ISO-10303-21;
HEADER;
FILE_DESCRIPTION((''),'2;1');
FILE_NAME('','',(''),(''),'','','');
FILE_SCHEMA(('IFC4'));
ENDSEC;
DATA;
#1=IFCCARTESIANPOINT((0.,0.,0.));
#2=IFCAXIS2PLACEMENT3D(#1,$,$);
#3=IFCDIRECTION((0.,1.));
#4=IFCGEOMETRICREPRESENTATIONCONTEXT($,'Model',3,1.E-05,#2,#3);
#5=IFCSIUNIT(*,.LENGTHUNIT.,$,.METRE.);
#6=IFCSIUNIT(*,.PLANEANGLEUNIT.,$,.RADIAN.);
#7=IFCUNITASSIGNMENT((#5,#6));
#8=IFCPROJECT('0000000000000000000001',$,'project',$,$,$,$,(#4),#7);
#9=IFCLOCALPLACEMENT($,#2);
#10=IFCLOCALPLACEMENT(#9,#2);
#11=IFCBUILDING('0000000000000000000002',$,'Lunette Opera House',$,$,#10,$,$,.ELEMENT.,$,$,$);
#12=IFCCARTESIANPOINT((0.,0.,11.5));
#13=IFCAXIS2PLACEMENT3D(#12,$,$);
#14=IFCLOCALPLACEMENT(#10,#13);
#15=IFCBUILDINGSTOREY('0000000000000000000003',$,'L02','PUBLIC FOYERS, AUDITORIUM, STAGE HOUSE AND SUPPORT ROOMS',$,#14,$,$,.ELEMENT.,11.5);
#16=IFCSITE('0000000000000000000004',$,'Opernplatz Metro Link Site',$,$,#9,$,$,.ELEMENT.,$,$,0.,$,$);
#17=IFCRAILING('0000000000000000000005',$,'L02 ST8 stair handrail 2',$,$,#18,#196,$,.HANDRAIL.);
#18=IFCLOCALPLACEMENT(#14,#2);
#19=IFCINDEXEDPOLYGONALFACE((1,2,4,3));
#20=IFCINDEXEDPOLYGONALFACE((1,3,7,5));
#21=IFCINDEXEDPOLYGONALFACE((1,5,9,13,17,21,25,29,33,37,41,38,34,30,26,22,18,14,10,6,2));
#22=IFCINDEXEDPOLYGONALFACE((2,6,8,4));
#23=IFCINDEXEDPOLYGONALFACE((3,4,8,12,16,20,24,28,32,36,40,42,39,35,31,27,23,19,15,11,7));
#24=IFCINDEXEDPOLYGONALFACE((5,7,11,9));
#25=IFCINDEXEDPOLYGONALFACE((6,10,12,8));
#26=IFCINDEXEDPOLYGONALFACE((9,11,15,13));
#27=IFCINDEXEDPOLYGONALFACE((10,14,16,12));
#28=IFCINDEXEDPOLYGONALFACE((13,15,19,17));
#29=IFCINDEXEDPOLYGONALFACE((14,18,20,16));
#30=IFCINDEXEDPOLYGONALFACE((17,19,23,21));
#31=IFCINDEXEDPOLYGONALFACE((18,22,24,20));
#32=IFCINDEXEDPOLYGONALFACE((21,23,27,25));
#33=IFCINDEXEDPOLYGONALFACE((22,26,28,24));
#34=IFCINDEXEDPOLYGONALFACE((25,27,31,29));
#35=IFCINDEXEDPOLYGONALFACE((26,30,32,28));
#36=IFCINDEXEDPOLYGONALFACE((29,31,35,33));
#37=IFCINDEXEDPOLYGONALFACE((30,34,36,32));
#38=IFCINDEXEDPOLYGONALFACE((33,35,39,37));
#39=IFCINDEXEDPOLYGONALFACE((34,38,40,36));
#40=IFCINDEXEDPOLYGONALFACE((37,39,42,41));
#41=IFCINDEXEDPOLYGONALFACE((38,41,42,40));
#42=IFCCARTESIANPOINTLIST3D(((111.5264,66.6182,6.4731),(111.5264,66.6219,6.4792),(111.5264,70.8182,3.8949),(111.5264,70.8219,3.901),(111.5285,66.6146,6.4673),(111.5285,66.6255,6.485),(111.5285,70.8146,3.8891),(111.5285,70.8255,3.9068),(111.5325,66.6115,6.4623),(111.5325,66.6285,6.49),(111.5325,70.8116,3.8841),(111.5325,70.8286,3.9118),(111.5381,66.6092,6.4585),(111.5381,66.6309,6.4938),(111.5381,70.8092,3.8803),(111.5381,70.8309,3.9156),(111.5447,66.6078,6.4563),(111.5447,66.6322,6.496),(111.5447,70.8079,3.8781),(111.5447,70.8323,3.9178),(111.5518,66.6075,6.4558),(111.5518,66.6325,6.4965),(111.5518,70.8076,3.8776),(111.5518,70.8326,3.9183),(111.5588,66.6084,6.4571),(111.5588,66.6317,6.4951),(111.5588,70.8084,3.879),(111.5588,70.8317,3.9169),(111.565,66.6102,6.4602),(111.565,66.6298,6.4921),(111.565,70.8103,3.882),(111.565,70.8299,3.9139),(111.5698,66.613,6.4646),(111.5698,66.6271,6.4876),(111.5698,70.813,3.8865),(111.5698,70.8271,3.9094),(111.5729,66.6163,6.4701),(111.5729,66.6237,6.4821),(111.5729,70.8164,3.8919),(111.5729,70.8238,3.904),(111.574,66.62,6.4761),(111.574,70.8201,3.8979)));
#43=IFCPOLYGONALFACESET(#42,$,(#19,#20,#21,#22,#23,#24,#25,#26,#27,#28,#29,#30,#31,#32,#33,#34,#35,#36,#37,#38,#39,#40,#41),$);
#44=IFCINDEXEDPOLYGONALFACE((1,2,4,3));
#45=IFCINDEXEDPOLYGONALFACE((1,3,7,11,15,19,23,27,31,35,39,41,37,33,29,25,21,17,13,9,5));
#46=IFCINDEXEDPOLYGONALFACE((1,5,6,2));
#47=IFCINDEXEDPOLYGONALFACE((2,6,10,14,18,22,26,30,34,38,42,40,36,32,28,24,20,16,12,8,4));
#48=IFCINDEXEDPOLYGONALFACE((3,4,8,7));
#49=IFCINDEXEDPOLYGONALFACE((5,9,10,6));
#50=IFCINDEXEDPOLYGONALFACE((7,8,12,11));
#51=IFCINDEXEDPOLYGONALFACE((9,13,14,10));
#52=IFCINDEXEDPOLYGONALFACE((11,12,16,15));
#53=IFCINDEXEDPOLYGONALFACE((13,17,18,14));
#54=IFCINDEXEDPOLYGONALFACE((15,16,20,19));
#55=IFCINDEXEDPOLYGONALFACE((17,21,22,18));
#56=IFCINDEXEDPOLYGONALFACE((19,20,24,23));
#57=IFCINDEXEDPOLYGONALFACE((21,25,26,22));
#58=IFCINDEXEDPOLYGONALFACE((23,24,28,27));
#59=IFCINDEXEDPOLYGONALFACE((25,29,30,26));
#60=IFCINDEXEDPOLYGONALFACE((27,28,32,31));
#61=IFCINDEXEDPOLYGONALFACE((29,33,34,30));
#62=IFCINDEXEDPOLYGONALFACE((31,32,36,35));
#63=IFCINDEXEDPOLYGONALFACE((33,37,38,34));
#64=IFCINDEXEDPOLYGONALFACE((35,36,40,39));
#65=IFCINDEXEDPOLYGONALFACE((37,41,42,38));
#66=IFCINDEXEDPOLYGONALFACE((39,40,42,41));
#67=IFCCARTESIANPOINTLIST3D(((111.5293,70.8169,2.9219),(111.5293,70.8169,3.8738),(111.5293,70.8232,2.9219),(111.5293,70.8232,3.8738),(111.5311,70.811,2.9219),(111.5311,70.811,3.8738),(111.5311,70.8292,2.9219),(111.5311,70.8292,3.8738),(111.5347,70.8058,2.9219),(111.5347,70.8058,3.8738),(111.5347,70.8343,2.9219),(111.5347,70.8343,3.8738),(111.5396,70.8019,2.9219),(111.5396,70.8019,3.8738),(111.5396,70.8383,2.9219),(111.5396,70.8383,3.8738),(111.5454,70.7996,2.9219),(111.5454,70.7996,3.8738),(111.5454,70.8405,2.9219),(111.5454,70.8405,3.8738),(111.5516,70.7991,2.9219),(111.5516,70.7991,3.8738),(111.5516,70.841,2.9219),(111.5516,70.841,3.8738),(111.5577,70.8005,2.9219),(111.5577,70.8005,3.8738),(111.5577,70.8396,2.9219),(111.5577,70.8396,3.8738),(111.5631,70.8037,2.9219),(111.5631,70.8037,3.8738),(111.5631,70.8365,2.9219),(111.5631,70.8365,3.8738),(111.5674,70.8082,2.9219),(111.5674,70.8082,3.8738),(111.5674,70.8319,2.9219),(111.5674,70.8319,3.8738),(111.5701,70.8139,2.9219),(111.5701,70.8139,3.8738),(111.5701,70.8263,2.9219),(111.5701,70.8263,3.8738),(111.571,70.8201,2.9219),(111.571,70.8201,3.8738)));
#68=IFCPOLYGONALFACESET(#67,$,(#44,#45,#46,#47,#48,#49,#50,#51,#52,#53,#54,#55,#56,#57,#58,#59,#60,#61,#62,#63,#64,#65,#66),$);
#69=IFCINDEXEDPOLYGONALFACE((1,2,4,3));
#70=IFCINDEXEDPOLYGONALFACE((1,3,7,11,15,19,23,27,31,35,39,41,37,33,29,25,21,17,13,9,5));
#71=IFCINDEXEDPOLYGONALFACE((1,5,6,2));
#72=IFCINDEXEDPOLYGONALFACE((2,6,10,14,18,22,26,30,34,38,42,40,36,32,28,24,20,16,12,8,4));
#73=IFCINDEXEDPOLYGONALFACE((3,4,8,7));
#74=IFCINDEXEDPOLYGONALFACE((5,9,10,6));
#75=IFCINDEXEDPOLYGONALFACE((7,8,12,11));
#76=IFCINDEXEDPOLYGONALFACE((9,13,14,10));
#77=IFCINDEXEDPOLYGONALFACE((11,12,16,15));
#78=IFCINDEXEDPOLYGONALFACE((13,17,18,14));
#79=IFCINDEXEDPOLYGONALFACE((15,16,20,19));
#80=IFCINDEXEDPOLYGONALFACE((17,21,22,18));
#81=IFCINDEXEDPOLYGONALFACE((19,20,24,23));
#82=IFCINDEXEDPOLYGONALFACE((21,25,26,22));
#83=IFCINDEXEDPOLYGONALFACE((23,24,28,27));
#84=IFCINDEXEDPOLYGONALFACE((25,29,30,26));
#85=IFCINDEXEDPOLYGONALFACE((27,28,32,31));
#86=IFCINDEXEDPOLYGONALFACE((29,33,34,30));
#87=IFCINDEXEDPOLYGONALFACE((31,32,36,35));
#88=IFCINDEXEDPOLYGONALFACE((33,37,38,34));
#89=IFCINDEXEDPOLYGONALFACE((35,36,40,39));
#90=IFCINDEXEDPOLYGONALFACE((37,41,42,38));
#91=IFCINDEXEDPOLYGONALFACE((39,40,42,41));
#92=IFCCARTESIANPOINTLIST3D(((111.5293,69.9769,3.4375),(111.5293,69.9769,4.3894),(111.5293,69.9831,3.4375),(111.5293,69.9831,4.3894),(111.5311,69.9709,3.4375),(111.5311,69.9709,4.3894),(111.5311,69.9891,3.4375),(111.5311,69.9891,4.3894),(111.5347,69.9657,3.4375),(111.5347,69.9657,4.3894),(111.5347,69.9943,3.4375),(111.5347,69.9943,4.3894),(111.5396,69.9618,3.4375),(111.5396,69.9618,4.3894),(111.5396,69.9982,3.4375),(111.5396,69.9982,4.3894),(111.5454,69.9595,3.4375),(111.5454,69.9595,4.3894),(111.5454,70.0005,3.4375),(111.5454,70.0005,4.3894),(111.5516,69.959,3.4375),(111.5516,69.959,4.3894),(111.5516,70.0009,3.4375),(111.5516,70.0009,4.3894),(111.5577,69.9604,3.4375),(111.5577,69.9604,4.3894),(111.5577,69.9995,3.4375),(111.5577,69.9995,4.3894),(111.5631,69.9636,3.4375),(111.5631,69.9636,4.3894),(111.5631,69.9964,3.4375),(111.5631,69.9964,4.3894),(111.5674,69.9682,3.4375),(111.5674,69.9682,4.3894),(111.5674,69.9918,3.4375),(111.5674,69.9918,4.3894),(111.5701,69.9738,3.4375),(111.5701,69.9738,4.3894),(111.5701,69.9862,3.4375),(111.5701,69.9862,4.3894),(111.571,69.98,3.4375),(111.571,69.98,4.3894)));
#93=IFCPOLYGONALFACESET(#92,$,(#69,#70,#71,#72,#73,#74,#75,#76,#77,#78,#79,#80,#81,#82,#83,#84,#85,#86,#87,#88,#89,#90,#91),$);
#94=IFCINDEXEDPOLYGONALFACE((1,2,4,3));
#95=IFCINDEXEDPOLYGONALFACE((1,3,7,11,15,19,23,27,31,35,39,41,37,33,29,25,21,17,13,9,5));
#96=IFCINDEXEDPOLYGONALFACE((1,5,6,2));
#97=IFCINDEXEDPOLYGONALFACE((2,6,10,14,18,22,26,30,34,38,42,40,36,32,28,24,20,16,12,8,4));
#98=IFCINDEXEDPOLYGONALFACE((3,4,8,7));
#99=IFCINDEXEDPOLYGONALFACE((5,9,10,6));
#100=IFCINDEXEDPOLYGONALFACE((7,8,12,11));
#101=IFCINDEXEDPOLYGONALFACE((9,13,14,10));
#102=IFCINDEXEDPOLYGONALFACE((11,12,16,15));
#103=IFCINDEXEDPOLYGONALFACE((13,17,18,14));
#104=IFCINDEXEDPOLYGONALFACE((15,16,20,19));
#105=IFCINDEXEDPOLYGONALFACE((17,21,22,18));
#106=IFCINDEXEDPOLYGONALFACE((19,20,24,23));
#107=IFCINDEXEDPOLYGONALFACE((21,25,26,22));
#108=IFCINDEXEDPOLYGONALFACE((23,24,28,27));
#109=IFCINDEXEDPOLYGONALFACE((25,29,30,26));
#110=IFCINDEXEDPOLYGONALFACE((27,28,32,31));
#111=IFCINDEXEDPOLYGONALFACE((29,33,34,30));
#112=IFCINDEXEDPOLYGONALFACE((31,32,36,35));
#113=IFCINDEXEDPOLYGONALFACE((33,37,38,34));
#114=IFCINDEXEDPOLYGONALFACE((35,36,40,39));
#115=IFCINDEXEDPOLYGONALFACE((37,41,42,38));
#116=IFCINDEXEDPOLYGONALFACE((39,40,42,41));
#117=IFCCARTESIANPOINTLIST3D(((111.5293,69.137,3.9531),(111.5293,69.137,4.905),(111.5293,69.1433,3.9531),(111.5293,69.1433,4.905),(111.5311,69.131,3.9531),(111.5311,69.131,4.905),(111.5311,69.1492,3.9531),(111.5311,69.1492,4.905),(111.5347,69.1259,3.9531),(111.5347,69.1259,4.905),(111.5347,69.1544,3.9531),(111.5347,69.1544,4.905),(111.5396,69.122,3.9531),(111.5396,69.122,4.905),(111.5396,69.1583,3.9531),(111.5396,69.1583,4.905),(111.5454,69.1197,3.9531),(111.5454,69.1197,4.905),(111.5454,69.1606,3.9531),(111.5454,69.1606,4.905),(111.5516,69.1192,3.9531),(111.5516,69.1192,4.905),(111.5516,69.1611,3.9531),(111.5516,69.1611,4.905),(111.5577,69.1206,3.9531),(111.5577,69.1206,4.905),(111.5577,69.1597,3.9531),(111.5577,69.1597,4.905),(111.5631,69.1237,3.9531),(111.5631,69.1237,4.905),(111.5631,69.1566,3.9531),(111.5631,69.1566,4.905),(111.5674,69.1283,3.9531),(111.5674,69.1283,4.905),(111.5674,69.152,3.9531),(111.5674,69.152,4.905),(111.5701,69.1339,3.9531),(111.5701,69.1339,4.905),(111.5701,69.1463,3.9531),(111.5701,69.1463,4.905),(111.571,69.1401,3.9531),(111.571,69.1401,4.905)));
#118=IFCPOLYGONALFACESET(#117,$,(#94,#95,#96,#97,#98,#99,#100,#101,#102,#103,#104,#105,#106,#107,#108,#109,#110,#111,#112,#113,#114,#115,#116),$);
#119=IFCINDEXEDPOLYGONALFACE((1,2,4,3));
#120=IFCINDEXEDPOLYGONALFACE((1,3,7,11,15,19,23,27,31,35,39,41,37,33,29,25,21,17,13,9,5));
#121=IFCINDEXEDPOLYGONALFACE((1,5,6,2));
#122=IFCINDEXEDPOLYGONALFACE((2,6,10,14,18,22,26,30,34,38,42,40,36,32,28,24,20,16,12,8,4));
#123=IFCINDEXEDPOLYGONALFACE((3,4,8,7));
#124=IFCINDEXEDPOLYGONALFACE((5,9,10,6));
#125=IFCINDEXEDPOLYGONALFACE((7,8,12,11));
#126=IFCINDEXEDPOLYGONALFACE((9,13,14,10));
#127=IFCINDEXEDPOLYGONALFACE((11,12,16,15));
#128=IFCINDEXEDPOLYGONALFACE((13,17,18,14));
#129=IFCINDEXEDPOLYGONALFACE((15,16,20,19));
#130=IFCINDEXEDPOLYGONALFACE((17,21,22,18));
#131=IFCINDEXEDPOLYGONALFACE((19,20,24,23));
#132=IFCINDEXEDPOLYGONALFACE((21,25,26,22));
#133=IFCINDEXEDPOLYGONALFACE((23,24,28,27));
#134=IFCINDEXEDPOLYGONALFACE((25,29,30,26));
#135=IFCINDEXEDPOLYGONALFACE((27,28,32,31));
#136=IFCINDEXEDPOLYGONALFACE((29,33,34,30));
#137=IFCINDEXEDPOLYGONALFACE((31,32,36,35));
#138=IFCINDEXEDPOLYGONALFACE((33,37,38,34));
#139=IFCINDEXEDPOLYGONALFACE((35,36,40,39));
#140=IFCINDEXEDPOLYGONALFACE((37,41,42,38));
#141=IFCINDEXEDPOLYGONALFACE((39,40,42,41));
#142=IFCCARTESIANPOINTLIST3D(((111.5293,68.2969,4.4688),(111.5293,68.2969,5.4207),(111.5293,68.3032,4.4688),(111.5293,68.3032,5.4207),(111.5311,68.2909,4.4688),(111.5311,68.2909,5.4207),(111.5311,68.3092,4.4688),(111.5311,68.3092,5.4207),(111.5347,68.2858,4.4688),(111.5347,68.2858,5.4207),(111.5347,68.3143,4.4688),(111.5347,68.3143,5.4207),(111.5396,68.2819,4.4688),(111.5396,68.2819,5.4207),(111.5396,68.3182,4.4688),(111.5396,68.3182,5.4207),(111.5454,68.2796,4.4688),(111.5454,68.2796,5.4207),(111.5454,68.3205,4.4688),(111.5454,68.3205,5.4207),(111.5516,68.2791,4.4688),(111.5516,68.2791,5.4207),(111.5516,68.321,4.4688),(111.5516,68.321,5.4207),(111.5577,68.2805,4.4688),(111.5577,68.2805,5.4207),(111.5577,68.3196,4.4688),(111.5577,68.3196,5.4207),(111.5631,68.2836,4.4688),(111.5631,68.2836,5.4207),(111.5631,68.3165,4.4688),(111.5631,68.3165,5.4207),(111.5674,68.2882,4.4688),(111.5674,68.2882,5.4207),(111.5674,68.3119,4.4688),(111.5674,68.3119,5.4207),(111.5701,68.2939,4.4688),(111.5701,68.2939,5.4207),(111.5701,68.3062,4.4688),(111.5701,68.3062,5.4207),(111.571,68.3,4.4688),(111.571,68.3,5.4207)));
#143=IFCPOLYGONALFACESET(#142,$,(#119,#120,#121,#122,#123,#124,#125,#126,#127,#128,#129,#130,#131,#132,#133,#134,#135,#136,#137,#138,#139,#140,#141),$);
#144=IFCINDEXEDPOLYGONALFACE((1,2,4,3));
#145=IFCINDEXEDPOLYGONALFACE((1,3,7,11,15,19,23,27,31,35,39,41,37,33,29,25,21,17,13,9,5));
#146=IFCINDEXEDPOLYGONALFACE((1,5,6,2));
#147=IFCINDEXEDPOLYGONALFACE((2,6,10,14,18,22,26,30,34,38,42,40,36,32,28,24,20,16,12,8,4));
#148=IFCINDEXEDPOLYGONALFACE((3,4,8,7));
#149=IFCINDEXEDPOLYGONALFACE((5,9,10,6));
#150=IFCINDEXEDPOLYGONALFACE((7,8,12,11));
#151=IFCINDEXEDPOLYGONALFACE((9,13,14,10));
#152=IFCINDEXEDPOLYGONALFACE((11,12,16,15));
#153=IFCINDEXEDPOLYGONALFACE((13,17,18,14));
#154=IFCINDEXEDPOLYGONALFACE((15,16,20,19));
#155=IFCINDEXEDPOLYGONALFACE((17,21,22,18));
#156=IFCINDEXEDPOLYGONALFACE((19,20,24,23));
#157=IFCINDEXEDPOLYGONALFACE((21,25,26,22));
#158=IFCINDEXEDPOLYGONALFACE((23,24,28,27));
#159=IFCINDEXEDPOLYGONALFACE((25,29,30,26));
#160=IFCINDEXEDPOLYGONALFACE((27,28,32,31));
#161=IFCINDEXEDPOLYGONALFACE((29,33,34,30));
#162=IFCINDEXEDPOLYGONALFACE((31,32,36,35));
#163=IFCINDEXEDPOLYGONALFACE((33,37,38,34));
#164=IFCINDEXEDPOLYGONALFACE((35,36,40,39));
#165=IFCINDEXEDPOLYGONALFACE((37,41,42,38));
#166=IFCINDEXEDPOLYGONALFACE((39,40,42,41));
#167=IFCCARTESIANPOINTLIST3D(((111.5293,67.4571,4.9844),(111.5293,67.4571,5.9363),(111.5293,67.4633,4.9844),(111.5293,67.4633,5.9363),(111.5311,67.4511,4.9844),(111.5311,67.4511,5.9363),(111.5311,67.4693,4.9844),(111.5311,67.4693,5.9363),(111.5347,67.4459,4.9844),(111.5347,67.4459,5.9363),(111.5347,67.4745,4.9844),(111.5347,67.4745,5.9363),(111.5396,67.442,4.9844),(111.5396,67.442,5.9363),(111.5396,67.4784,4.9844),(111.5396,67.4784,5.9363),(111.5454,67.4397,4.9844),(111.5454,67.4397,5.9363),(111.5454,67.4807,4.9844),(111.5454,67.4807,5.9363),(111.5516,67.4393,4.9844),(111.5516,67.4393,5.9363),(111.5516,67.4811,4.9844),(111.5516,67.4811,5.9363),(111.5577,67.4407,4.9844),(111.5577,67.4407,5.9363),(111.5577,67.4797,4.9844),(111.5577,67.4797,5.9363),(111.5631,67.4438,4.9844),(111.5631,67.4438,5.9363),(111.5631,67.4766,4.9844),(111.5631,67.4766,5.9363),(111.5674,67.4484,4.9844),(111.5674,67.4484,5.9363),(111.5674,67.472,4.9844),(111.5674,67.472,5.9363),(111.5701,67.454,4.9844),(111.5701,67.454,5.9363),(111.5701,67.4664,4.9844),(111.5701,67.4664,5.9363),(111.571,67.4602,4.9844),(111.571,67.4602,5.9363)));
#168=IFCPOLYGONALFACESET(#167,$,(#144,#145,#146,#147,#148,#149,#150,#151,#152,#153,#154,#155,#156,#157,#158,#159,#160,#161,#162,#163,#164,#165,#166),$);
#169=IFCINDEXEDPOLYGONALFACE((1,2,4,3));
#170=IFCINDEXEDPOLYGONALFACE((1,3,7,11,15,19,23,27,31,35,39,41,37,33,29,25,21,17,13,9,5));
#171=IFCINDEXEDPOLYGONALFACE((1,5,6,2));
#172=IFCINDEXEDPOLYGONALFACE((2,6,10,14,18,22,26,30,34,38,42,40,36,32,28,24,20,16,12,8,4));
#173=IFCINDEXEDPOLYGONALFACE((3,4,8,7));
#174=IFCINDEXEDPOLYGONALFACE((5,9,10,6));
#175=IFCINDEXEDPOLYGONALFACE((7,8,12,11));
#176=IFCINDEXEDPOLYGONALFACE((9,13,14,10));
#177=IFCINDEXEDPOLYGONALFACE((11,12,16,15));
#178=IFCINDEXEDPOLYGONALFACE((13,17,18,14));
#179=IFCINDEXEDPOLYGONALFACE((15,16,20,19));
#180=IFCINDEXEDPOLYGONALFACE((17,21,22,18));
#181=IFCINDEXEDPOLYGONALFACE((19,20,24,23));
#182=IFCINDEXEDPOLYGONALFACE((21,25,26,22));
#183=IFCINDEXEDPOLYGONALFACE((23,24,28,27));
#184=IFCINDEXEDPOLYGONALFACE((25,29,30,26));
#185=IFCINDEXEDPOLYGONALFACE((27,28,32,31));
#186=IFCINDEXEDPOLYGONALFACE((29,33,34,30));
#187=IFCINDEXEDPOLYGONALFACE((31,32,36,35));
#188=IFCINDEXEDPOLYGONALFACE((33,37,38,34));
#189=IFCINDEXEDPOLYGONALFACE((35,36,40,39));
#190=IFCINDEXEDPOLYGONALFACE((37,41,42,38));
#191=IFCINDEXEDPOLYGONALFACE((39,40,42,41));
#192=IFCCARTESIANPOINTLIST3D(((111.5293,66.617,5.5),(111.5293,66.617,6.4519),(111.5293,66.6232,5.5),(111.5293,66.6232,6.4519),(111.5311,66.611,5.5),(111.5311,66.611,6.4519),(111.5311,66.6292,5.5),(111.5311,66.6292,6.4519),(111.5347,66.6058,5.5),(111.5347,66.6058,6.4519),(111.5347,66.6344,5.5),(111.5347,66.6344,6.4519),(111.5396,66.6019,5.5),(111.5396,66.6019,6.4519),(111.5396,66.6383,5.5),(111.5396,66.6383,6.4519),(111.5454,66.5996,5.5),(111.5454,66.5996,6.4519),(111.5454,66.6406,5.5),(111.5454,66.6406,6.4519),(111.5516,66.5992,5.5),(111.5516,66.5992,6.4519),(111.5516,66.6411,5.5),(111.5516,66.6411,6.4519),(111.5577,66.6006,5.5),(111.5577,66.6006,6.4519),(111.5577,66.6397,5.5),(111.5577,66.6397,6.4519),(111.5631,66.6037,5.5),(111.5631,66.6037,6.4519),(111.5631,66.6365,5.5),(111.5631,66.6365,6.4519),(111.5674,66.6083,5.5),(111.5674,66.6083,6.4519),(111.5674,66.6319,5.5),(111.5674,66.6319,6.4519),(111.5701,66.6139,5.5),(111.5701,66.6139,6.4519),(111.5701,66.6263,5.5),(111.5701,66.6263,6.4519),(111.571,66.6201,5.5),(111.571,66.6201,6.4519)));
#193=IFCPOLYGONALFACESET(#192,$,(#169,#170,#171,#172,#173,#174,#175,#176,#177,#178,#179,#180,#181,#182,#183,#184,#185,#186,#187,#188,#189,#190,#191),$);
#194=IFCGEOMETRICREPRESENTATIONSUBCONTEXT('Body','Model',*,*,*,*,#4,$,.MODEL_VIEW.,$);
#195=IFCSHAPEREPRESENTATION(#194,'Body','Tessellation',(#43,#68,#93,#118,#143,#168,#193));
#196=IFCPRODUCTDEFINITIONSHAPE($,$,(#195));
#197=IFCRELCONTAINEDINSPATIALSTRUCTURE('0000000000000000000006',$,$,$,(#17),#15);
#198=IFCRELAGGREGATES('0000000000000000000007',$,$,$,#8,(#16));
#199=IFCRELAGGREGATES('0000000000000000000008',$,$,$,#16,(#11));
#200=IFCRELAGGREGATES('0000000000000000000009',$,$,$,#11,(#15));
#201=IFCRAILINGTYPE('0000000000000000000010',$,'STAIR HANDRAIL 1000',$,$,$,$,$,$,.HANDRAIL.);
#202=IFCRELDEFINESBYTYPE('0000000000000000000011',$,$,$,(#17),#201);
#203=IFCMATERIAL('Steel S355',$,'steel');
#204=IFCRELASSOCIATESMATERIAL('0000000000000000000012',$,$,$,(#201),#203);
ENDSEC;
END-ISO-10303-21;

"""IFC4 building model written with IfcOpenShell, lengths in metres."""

from ifc_helpers import new_model, si_unit, direction, frame, origin, origin_2d, place, context, subcontext, project, spatial, circle, extrude, material, type_object, element, save


model = new_model("IFC4")

# Units and contexts
model_context = context("Model", 3, precision=1e-05, world=origin(), true_north=direction((0.0, 1.0)))
body_context = subcontext(model_context, "Body", "Model", "MODEL_VIEW")
ifc_project = project(units=[si_unit("LENGTHUNIT", "METRE"), si_unit("PLANEANGLEUNIT", "RADIAN")], contexts=[model_context])

# Site, building, storey
site_placement = place(None, origin())
site = spatial("IfcSite", under=ifc_project, at=site_placement, Name="Opernplatz Metro Link Site", CompositionType="ELEMENT", RefElevation=0.0)
building_placement = place(site_placement, origin())
building = spatial("IfcBuilding", under=site, at=building_placement, Name="Lunette Opera House", CompositionType="ELEMENT")
storey_placement = place(building_placement, frame((0.0, 0.0, 11.5)))
storey = spatial("IfcBuildingStorey", under=building, at=storey_placement, Name="L02", Description="PUBLIC FOYERS, AUDITORIUM, STAGE HOUSE AND SUPPORT ROOMS", CompositionType="ELEMENT", Elevation=11.5)

# Railing
ifc_material_1 = material(Name="Steel S355", Category="steel")
railing_type_1 = type_object("IfcRailingType", Name="STAIR HANDRAIL 1000", PredefinedType="HANDRAIL", material=ifc_material_1)
railing_1_placement = place(storey_placement, frame((111.55, 70.8201, 2.9219)))
element("IfcRailing", 1, at=railing_1_placement, inside=storey, type_object=railing_type_1, Name="L02 ST8 stair handrail 2", PredefinedType="HANDRAIL", context=body_context, shape_type="SweptSolid", body=[
    extrude(circle(Radius=0.0239, at=origin_2d()), frame((0.0, 0.0, 0.9761), z_axis=(0.0, -0.852243, 0.523146), x_axis=(1.0, 0.0, 0.0)), (0.0, 0.0, 1.0), 4.9282),
    extrude(circle(Radius=0.021, at=origin_2d()), origin(), (0.0, 0.0, 1.0), 0.9519),
    extrude(circle(Radius=0.021, at=origin_2d()), frame((0.0, -0.8401, 0.5156)), (0.0, 0.0, 1.0), 0.9519),
    extrude(circle(Radius=0.021, at=origin_2d()), frame((0.0, -1.6799, 1.0312)), (0.0, 0.0, 1.0), 0.9519),
    extrude(circle(Radius=0.021, at=origin_2d()), frame((0.0, -2.52, 1.5469)), (0.0, 0.0, 1.0), 0.9519),
    extrude(circle(Radius=0.021, at=origin_2d()), frame((0.0, -3.3599, 2.0625)), (0.0, 0.0, 1.0), 0.9519),
    extrude(circle(Radius=0.021, at=origin_2d()), frame((0.0, -4.2, 2.5781)), (0.0, 0.0, 1.0), 0.9519),
])

save(model, "model.ifc")
